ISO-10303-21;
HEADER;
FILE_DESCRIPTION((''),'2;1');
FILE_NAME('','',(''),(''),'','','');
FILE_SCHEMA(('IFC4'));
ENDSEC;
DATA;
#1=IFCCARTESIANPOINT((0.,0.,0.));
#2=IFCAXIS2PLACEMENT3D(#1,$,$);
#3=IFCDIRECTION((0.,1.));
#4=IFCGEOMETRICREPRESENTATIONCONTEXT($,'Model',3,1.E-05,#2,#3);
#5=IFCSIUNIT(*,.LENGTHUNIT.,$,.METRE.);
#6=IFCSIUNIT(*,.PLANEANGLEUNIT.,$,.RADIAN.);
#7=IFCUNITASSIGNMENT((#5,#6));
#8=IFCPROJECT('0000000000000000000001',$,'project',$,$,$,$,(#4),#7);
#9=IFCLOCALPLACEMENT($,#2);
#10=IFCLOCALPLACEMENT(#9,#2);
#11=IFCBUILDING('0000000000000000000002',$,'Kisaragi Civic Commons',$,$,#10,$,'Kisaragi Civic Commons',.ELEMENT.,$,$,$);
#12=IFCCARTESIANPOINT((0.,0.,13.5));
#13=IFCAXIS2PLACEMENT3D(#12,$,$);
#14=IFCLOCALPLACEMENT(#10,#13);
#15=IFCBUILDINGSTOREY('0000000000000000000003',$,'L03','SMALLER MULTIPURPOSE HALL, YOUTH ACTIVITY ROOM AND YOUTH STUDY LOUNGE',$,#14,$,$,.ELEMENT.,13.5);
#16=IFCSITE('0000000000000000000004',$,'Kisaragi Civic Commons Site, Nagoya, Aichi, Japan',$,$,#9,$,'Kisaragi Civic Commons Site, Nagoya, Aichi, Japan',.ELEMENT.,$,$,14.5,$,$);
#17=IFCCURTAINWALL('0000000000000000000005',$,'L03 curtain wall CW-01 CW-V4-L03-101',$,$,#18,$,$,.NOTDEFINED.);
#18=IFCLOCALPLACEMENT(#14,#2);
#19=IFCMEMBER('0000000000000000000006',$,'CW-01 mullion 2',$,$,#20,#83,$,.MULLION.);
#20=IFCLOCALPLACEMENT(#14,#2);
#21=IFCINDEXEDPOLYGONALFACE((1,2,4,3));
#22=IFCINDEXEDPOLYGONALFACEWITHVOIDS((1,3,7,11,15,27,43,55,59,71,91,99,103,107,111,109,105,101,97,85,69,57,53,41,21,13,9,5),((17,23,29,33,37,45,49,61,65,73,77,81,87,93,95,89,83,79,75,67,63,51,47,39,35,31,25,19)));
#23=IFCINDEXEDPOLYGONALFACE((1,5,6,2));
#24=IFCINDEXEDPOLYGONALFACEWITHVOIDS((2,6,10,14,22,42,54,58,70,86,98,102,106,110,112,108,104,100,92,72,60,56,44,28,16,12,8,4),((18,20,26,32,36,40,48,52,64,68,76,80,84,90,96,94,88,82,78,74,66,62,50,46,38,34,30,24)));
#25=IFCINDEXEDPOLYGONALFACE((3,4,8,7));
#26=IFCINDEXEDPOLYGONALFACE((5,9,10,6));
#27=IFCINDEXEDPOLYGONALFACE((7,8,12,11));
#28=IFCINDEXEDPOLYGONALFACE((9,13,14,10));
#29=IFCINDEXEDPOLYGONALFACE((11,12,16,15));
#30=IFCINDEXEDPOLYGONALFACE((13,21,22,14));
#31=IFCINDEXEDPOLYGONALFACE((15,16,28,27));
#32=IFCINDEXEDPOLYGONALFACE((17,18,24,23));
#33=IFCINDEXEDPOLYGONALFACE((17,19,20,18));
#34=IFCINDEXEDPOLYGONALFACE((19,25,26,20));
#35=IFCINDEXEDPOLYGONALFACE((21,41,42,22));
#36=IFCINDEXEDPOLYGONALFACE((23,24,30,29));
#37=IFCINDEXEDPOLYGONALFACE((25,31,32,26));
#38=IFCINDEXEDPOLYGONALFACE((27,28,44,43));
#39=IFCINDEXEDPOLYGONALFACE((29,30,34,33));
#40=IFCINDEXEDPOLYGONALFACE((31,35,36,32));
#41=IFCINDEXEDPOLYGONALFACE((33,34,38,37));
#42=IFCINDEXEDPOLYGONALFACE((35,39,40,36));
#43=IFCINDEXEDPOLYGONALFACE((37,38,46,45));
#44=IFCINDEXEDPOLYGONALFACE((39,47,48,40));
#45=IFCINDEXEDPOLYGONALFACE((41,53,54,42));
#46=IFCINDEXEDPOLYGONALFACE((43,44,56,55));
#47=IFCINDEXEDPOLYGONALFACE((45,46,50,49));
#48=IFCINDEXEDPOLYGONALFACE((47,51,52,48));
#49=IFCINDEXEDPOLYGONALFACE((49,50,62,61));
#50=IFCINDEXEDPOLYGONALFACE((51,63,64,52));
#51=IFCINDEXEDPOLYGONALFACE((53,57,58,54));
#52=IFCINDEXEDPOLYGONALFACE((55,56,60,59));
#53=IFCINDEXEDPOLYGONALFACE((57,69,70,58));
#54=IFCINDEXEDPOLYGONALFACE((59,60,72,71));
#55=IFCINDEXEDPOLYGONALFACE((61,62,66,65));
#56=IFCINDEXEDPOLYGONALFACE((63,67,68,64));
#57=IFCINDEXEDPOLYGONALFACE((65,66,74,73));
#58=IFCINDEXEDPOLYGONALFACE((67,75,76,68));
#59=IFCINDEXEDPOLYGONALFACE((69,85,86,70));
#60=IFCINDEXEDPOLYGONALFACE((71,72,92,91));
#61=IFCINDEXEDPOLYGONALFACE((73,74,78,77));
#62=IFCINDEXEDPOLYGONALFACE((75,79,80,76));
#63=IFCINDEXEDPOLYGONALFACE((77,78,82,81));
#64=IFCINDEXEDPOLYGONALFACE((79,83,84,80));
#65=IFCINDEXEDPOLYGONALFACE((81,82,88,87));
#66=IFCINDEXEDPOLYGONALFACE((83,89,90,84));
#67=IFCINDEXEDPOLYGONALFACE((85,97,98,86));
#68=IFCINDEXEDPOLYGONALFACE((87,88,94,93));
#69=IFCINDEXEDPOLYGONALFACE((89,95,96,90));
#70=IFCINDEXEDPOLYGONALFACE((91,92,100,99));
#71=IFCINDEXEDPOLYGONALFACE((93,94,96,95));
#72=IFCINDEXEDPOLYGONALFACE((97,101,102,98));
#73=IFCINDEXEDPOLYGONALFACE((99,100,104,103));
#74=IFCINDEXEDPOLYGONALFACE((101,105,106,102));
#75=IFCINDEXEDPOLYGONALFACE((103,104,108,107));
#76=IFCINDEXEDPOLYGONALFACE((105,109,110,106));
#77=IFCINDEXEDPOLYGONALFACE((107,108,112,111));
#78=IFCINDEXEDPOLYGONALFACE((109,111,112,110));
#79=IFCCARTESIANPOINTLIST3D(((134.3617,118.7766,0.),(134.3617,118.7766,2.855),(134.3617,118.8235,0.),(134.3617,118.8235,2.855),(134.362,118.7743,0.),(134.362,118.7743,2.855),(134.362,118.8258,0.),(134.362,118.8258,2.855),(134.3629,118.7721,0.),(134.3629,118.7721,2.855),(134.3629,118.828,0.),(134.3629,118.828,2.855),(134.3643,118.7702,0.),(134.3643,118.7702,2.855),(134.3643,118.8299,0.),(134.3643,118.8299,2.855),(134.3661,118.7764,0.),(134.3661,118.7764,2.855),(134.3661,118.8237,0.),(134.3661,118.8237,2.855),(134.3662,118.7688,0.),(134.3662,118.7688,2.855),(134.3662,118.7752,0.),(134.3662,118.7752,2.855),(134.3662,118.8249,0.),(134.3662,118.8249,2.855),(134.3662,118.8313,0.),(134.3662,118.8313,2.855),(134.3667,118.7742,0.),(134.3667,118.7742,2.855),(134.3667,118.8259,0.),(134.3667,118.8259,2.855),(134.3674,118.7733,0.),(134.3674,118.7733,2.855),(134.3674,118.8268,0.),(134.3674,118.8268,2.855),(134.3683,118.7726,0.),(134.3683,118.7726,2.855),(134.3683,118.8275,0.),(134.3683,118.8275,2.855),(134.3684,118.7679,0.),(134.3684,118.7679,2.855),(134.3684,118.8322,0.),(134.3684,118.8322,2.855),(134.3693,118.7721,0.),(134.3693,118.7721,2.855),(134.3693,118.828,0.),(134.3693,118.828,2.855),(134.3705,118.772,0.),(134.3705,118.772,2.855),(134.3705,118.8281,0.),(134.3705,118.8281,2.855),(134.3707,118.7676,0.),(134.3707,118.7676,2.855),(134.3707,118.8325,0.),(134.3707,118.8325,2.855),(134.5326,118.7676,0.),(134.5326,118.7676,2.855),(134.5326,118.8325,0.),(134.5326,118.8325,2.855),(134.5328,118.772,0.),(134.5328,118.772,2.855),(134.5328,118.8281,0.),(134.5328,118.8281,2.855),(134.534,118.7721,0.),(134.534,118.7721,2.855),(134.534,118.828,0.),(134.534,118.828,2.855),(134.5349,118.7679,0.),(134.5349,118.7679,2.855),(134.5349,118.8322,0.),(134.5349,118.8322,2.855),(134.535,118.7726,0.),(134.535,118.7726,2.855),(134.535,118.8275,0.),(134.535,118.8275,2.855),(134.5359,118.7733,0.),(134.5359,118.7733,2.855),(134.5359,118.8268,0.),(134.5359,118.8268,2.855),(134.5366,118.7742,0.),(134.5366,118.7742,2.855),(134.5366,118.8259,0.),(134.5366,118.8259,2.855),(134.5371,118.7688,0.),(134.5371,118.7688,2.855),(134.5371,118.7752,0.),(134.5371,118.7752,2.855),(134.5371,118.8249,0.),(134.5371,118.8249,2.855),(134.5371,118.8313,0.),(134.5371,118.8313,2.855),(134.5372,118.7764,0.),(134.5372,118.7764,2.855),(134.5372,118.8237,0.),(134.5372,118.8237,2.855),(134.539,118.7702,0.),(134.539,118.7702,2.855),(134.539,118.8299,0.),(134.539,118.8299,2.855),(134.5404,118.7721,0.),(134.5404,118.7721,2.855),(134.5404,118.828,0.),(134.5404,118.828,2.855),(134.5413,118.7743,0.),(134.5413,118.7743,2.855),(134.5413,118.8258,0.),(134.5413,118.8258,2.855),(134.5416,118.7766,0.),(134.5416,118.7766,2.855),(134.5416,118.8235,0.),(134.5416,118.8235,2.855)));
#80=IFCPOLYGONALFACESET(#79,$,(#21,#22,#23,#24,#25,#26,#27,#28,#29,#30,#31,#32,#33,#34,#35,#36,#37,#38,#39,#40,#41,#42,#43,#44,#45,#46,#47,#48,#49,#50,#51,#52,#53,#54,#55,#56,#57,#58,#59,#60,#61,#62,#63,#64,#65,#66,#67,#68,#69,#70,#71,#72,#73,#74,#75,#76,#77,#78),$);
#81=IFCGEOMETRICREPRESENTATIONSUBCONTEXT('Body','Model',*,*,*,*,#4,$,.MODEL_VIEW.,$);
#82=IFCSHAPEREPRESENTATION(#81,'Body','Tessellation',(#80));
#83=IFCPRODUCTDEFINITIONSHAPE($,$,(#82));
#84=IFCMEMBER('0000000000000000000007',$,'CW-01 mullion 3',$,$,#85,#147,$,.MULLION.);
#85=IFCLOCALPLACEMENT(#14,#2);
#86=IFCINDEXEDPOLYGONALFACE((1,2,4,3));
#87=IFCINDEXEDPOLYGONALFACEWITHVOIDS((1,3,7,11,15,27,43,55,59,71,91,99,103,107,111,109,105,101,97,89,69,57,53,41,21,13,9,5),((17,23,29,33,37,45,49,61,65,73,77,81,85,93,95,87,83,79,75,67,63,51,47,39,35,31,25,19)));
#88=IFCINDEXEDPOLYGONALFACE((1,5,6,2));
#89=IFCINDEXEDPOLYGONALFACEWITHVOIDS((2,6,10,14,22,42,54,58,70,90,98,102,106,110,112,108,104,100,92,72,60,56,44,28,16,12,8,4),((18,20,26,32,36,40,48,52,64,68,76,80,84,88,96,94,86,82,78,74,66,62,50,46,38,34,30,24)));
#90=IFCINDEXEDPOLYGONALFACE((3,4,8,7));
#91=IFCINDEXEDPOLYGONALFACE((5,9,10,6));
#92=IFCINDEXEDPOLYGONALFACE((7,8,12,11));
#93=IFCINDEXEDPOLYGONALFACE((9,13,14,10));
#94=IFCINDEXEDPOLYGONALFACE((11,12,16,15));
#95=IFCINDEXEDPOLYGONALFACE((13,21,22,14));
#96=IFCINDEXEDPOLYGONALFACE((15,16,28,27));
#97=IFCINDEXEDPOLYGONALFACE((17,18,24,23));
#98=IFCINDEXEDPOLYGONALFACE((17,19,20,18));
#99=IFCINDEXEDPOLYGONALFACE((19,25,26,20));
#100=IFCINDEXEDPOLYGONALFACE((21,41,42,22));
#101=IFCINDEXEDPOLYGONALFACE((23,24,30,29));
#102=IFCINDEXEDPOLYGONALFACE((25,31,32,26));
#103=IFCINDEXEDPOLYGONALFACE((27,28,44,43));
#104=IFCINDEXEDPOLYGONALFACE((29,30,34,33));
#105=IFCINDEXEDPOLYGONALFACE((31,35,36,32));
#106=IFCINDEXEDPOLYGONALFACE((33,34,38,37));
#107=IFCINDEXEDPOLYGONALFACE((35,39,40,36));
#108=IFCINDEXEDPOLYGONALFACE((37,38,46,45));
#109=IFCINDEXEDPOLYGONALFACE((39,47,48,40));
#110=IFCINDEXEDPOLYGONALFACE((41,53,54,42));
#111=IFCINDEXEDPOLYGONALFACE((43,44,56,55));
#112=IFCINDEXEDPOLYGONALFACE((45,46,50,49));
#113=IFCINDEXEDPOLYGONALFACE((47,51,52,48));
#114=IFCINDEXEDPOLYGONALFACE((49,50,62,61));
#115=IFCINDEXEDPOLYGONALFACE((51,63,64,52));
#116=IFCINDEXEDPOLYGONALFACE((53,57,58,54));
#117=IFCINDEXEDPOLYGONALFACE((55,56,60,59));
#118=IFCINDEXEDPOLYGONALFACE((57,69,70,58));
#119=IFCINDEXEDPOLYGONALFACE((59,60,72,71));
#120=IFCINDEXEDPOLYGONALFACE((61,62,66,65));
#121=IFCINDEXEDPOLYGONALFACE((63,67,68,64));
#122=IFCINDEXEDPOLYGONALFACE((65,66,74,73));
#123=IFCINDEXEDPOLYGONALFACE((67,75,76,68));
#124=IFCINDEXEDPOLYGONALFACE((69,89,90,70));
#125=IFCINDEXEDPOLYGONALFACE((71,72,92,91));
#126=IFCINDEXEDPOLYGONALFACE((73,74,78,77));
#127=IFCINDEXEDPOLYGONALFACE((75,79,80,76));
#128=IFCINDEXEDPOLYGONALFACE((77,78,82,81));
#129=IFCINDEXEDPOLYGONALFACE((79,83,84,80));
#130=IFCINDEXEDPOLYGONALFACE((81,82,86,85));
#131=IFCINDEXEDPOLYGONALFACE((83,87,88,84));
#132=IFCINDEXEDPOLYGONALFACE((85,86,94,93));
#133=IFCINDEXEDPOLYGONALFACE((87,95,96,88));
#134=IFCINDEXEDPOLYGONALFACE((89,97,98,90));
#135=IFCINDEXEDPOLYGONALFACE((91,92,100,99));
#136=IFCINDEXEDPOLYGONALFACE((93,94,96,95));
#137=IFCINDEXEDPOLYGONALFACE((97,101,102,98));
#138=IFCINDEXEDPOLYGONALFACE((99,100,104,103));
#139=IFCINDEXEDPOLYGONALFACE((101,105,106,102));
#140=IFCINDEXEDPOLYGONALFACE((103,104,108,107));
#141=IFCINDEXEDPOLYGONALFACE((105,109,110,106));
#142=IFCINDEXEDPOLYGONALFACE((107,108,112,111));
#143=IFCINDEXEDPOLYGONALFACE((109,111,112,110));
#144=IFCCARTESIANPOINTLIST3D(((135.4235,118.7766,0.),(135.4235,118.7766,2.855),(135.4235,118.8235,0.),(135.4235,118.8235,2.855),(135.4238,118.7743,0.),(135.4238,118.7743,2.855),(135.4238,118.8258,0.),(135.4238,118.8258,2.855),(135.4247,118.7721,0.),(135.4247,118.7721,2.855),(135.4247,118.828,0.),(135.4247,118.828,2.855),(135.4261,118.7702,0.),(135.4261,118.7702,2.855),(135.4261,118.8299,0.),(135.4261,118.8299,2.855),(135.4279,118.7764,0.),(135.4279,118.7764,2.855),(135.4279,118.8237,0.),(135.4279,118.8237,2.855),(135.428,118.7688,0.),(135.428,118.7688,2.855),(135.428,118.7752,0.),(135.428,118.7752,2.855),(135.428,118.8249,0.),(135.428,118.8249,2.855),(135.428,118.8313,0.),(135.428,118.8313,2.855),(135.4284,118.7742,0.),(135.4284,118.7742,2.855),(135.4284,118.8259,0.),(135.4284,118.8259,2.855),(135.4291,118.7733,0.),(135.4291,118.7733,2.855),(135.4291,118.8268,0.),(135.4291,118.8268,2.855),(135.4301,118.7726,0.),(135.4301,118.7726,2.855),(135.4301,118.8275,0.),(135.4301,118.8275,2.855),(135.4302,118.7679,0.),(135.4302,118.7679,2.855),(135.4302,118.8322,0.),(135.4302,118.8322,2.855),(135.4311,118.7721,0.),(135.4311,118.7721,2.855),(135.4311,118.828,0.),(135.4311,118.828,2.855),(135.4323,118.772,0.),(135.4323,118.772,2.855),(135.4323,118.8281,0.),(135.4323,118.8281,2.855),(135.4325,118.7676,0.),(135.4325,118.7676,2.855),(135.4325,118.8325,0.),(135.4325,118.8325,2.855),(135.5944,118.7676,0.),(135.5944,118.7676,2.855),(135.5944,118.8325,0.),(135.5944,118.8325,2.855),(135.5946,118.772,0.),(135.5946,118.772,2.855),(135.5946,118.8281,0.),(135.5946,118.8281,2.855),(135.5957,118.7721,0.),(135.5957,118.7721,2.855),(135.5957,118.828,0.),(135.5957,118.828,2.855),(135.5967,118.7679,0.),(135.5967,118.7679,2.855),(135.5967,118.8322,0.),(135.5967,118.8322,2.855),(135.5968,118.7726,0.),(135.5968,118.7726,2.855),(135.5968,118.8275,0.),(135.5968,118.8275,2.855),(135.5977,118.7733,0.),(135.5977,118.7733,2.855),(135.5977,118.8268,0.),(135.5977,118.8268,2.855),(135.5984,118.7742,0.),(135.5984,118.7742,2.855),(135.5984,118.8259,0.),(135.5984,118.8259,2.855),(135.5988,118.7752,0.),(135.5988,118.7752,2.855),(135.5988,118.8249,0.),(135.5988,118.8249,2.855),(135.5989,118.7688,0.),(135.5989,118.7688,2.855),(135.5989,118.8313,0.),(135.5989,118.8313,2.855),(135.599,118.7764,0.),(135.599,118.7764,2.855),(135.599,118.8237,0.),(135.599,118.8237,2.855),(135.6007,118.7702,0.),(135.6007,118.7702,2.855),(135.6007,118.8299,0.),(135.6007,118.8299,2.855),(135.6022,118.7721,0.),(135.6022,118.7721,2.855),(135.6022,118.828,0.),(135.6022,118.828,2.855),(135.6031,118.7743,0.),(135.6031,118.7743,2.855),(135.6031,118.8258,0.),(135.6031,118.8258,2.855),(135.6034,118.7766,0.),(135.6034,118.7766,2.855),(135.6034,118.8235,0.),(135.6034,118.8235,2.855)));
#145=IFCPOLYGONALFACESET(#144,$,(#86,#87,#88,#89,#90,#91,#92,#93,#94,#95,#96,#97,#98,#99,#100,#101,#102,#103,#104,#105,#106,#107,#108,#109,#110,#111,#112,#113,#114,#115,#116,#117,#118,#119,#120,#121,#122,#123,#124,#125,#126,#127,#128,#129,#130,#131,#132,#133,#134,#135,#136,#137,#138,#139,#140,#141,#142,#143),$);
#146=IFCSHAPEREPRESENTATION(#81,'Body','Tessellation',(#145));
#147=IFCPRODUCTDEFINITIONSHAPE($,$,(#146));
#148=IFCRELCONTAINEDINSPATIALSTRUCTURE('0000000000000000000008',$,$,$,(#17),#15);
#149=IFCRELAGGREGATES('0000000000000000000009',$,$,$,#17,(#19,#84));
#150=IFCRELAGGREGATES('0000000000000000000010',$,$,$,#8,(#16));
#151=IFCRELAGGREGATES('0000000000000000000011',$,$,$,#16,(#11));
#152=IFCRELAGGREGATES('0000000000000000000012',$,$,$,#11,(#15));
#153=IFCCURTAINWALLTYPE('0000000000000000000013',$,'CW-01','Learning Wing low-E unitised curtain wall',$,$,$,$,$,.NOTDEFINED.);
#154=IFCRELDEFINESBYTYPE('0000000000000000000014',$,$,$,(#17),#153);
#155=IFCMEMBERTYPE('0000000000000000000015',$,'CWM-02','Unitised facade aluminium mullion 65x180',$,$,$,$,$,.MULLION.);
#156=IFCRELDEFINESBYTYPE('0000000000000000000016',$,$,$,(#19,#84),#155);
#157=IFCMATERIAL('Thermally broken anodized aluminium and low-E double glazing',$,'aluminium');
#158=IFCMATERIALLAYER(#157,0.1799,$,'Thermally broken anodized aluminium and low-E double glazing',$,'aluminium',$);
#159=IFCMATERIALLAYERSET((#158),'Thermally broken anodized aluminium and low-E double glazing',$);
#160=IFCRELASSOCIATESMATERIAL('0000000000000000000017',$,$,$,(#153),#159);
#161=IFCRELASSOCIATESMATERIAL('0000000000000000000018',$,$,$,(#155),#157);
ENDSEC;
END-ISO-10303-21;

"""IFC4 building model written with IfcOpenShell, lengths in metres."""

from ifc_helpers import new_model, si_unit, direction, frame, origin, origin_2d, place, context, subcontext, project, spatial, hollow_rectangle, extrude, material, layer, layer_set, material_profile, profile_set, type_object, element, aggregate, save


model = new_model("IFC4")

# Units and contexts
model_context = context("Model", 3, precision=1e-05, world=origin(), true_north=direction((0.0, 1.0)))
body_context = subcontext(model_context, "Body", "Model", "MODEL_VIEW")
ifc_project = project(units=[si_unit("LENGTHUNIT", "METRE"), si_unit("PLANEANGLEUNIT", "RADIAN")], contexts=[model_context])

# Site, building, storey
site_placement = place(None, origin())
site = spatial("IfcSite", under=ifc_project, at=site_placement, Name="Kisaragi Civic Commons Site, Nagoya, Aichi, Japan", LongName="Kisaragi Civic Commons Site, Nagoya, Aichi, Japan", CompositionType="ELEMENT", RefElevation=14.5)
building_placement = place(site_placement, origin())
building = spatial("IfcBuilding", under=site, at=building_placement, Name="Kisaragi Civic Commons", LongName="Kisaragi Civic Commons", CompositionType="ELEMENT")
storey_placement = place(building_placement, frame((0.0, 0.0, 13.5)))
storey = spatial("IfcBuildingStorey", under=building, at=storey_placement, Name="L03", Description="SMALLER MULTIPURPOSE HALL, YOUTH ACTIVITY ROOM AND YOUTH STUDY LOUNGE", CompositionType="ELEMENT", Elevation=13.5)

# Curtain wall, members
ifc_material = material(Name="Thermally broken anodized aluminium and low-E double glazing", Category="aluminium")
ifc_layer_1 = layer(ifc_material, 0.1799, Name="Thermally broken anodized aluminium and low-E double glazing", Category="aluminium")
ifc_layer_set_1 = layer_set([ifc_layer_1], Name="Thermally broken anodized aluminium and low-E double glazing")
curtain_wall_type = type_object("IfcCurtainWallType", Name="CW-01", Description="Learning Wing low-E unitised curtain wall", PredefinedType="NOTDEFINED", material=ifc_layer_set_1)
curtain_wall_placement = place(storey_placement, origin())
curtain_wall = element("IfcCurtainWall", 1, at=curtain_wall_placement, inside=storey, type_object=curtain_wall_type, Name="L03 curtain wall CW-01 CW-V4-L03-101", PredefinedType="NOTDEFINED")
ifc_material_profile_1 = material_profile(ifc_material, hollow_rectangle(XDim=0.0649, YDim=0.1799, WallThickness=0.0044, InnerFilletRadius=0.0044, OuterFilletRadius=0.009, at=origin_2d()), Name="CWM-65x180x4.5", Category="aluminium")
ifc_profile_set_1 = profile_set([ifc_material_profile_1], Name="Thermally broken anodized aluminium and low-E double glazing")
member_type_1 = type_object("IfcMemberType", Name="CWM-02", Description="Unitised facade aluminium mullion 65x180", PredefinedType="MULLION", material=ifc_profile_set_1)
member_1_placement = place(storey_placement, frame((134.4517, 118.8, 0.0), z_axis=(0.0, 0.0, 1.0), x_axis=(0.0, 1.0, 0.0)))
member_1 = element("IfcMember", 2, at=member_1_placement, type_object=member_type_1, Name="CW-01 mullion 2", PredefinedType="MULLION", context=body_context, shape_type="SweptSolid", body=[
    extrude(hollow_rectangle(XDim=0.0649, YDim=0.1799, WallThickness=0.0044, InnerFilletRadius=0.0044, OuterFilletRadius=0.009, at=origin_2d()), origin(), (0.0, 0.0, 1.0), 2.855),
])
member_2_placement = place(storey_placement, frame((135.5134, 118.8, 0.0), z_axis=(0.0, 0.0, 1.0), x_axis=(0.0, 1.0, 0.0)))
member_2 = element("IfcMember", 3, at=member_2_placement, type_object=member_type_1, Name="CW-01 mullion 3", PredefinedType="MULLION", context=body_context, shape_type="SweptSolid", body=[
    extrude(hollow_rectangle(XDim=0.0649, YDim=0.1799, WallThickness=0.0044, InnerFilletRadius=0.0044, OuterFilletRadius=0.009, at=origin_2d()), origin(), (0.0, 0.0, 1.0), 2.855),
])
aggregate(curtain_wall, [member_1, member_2])

save(model, "model.ifc")
